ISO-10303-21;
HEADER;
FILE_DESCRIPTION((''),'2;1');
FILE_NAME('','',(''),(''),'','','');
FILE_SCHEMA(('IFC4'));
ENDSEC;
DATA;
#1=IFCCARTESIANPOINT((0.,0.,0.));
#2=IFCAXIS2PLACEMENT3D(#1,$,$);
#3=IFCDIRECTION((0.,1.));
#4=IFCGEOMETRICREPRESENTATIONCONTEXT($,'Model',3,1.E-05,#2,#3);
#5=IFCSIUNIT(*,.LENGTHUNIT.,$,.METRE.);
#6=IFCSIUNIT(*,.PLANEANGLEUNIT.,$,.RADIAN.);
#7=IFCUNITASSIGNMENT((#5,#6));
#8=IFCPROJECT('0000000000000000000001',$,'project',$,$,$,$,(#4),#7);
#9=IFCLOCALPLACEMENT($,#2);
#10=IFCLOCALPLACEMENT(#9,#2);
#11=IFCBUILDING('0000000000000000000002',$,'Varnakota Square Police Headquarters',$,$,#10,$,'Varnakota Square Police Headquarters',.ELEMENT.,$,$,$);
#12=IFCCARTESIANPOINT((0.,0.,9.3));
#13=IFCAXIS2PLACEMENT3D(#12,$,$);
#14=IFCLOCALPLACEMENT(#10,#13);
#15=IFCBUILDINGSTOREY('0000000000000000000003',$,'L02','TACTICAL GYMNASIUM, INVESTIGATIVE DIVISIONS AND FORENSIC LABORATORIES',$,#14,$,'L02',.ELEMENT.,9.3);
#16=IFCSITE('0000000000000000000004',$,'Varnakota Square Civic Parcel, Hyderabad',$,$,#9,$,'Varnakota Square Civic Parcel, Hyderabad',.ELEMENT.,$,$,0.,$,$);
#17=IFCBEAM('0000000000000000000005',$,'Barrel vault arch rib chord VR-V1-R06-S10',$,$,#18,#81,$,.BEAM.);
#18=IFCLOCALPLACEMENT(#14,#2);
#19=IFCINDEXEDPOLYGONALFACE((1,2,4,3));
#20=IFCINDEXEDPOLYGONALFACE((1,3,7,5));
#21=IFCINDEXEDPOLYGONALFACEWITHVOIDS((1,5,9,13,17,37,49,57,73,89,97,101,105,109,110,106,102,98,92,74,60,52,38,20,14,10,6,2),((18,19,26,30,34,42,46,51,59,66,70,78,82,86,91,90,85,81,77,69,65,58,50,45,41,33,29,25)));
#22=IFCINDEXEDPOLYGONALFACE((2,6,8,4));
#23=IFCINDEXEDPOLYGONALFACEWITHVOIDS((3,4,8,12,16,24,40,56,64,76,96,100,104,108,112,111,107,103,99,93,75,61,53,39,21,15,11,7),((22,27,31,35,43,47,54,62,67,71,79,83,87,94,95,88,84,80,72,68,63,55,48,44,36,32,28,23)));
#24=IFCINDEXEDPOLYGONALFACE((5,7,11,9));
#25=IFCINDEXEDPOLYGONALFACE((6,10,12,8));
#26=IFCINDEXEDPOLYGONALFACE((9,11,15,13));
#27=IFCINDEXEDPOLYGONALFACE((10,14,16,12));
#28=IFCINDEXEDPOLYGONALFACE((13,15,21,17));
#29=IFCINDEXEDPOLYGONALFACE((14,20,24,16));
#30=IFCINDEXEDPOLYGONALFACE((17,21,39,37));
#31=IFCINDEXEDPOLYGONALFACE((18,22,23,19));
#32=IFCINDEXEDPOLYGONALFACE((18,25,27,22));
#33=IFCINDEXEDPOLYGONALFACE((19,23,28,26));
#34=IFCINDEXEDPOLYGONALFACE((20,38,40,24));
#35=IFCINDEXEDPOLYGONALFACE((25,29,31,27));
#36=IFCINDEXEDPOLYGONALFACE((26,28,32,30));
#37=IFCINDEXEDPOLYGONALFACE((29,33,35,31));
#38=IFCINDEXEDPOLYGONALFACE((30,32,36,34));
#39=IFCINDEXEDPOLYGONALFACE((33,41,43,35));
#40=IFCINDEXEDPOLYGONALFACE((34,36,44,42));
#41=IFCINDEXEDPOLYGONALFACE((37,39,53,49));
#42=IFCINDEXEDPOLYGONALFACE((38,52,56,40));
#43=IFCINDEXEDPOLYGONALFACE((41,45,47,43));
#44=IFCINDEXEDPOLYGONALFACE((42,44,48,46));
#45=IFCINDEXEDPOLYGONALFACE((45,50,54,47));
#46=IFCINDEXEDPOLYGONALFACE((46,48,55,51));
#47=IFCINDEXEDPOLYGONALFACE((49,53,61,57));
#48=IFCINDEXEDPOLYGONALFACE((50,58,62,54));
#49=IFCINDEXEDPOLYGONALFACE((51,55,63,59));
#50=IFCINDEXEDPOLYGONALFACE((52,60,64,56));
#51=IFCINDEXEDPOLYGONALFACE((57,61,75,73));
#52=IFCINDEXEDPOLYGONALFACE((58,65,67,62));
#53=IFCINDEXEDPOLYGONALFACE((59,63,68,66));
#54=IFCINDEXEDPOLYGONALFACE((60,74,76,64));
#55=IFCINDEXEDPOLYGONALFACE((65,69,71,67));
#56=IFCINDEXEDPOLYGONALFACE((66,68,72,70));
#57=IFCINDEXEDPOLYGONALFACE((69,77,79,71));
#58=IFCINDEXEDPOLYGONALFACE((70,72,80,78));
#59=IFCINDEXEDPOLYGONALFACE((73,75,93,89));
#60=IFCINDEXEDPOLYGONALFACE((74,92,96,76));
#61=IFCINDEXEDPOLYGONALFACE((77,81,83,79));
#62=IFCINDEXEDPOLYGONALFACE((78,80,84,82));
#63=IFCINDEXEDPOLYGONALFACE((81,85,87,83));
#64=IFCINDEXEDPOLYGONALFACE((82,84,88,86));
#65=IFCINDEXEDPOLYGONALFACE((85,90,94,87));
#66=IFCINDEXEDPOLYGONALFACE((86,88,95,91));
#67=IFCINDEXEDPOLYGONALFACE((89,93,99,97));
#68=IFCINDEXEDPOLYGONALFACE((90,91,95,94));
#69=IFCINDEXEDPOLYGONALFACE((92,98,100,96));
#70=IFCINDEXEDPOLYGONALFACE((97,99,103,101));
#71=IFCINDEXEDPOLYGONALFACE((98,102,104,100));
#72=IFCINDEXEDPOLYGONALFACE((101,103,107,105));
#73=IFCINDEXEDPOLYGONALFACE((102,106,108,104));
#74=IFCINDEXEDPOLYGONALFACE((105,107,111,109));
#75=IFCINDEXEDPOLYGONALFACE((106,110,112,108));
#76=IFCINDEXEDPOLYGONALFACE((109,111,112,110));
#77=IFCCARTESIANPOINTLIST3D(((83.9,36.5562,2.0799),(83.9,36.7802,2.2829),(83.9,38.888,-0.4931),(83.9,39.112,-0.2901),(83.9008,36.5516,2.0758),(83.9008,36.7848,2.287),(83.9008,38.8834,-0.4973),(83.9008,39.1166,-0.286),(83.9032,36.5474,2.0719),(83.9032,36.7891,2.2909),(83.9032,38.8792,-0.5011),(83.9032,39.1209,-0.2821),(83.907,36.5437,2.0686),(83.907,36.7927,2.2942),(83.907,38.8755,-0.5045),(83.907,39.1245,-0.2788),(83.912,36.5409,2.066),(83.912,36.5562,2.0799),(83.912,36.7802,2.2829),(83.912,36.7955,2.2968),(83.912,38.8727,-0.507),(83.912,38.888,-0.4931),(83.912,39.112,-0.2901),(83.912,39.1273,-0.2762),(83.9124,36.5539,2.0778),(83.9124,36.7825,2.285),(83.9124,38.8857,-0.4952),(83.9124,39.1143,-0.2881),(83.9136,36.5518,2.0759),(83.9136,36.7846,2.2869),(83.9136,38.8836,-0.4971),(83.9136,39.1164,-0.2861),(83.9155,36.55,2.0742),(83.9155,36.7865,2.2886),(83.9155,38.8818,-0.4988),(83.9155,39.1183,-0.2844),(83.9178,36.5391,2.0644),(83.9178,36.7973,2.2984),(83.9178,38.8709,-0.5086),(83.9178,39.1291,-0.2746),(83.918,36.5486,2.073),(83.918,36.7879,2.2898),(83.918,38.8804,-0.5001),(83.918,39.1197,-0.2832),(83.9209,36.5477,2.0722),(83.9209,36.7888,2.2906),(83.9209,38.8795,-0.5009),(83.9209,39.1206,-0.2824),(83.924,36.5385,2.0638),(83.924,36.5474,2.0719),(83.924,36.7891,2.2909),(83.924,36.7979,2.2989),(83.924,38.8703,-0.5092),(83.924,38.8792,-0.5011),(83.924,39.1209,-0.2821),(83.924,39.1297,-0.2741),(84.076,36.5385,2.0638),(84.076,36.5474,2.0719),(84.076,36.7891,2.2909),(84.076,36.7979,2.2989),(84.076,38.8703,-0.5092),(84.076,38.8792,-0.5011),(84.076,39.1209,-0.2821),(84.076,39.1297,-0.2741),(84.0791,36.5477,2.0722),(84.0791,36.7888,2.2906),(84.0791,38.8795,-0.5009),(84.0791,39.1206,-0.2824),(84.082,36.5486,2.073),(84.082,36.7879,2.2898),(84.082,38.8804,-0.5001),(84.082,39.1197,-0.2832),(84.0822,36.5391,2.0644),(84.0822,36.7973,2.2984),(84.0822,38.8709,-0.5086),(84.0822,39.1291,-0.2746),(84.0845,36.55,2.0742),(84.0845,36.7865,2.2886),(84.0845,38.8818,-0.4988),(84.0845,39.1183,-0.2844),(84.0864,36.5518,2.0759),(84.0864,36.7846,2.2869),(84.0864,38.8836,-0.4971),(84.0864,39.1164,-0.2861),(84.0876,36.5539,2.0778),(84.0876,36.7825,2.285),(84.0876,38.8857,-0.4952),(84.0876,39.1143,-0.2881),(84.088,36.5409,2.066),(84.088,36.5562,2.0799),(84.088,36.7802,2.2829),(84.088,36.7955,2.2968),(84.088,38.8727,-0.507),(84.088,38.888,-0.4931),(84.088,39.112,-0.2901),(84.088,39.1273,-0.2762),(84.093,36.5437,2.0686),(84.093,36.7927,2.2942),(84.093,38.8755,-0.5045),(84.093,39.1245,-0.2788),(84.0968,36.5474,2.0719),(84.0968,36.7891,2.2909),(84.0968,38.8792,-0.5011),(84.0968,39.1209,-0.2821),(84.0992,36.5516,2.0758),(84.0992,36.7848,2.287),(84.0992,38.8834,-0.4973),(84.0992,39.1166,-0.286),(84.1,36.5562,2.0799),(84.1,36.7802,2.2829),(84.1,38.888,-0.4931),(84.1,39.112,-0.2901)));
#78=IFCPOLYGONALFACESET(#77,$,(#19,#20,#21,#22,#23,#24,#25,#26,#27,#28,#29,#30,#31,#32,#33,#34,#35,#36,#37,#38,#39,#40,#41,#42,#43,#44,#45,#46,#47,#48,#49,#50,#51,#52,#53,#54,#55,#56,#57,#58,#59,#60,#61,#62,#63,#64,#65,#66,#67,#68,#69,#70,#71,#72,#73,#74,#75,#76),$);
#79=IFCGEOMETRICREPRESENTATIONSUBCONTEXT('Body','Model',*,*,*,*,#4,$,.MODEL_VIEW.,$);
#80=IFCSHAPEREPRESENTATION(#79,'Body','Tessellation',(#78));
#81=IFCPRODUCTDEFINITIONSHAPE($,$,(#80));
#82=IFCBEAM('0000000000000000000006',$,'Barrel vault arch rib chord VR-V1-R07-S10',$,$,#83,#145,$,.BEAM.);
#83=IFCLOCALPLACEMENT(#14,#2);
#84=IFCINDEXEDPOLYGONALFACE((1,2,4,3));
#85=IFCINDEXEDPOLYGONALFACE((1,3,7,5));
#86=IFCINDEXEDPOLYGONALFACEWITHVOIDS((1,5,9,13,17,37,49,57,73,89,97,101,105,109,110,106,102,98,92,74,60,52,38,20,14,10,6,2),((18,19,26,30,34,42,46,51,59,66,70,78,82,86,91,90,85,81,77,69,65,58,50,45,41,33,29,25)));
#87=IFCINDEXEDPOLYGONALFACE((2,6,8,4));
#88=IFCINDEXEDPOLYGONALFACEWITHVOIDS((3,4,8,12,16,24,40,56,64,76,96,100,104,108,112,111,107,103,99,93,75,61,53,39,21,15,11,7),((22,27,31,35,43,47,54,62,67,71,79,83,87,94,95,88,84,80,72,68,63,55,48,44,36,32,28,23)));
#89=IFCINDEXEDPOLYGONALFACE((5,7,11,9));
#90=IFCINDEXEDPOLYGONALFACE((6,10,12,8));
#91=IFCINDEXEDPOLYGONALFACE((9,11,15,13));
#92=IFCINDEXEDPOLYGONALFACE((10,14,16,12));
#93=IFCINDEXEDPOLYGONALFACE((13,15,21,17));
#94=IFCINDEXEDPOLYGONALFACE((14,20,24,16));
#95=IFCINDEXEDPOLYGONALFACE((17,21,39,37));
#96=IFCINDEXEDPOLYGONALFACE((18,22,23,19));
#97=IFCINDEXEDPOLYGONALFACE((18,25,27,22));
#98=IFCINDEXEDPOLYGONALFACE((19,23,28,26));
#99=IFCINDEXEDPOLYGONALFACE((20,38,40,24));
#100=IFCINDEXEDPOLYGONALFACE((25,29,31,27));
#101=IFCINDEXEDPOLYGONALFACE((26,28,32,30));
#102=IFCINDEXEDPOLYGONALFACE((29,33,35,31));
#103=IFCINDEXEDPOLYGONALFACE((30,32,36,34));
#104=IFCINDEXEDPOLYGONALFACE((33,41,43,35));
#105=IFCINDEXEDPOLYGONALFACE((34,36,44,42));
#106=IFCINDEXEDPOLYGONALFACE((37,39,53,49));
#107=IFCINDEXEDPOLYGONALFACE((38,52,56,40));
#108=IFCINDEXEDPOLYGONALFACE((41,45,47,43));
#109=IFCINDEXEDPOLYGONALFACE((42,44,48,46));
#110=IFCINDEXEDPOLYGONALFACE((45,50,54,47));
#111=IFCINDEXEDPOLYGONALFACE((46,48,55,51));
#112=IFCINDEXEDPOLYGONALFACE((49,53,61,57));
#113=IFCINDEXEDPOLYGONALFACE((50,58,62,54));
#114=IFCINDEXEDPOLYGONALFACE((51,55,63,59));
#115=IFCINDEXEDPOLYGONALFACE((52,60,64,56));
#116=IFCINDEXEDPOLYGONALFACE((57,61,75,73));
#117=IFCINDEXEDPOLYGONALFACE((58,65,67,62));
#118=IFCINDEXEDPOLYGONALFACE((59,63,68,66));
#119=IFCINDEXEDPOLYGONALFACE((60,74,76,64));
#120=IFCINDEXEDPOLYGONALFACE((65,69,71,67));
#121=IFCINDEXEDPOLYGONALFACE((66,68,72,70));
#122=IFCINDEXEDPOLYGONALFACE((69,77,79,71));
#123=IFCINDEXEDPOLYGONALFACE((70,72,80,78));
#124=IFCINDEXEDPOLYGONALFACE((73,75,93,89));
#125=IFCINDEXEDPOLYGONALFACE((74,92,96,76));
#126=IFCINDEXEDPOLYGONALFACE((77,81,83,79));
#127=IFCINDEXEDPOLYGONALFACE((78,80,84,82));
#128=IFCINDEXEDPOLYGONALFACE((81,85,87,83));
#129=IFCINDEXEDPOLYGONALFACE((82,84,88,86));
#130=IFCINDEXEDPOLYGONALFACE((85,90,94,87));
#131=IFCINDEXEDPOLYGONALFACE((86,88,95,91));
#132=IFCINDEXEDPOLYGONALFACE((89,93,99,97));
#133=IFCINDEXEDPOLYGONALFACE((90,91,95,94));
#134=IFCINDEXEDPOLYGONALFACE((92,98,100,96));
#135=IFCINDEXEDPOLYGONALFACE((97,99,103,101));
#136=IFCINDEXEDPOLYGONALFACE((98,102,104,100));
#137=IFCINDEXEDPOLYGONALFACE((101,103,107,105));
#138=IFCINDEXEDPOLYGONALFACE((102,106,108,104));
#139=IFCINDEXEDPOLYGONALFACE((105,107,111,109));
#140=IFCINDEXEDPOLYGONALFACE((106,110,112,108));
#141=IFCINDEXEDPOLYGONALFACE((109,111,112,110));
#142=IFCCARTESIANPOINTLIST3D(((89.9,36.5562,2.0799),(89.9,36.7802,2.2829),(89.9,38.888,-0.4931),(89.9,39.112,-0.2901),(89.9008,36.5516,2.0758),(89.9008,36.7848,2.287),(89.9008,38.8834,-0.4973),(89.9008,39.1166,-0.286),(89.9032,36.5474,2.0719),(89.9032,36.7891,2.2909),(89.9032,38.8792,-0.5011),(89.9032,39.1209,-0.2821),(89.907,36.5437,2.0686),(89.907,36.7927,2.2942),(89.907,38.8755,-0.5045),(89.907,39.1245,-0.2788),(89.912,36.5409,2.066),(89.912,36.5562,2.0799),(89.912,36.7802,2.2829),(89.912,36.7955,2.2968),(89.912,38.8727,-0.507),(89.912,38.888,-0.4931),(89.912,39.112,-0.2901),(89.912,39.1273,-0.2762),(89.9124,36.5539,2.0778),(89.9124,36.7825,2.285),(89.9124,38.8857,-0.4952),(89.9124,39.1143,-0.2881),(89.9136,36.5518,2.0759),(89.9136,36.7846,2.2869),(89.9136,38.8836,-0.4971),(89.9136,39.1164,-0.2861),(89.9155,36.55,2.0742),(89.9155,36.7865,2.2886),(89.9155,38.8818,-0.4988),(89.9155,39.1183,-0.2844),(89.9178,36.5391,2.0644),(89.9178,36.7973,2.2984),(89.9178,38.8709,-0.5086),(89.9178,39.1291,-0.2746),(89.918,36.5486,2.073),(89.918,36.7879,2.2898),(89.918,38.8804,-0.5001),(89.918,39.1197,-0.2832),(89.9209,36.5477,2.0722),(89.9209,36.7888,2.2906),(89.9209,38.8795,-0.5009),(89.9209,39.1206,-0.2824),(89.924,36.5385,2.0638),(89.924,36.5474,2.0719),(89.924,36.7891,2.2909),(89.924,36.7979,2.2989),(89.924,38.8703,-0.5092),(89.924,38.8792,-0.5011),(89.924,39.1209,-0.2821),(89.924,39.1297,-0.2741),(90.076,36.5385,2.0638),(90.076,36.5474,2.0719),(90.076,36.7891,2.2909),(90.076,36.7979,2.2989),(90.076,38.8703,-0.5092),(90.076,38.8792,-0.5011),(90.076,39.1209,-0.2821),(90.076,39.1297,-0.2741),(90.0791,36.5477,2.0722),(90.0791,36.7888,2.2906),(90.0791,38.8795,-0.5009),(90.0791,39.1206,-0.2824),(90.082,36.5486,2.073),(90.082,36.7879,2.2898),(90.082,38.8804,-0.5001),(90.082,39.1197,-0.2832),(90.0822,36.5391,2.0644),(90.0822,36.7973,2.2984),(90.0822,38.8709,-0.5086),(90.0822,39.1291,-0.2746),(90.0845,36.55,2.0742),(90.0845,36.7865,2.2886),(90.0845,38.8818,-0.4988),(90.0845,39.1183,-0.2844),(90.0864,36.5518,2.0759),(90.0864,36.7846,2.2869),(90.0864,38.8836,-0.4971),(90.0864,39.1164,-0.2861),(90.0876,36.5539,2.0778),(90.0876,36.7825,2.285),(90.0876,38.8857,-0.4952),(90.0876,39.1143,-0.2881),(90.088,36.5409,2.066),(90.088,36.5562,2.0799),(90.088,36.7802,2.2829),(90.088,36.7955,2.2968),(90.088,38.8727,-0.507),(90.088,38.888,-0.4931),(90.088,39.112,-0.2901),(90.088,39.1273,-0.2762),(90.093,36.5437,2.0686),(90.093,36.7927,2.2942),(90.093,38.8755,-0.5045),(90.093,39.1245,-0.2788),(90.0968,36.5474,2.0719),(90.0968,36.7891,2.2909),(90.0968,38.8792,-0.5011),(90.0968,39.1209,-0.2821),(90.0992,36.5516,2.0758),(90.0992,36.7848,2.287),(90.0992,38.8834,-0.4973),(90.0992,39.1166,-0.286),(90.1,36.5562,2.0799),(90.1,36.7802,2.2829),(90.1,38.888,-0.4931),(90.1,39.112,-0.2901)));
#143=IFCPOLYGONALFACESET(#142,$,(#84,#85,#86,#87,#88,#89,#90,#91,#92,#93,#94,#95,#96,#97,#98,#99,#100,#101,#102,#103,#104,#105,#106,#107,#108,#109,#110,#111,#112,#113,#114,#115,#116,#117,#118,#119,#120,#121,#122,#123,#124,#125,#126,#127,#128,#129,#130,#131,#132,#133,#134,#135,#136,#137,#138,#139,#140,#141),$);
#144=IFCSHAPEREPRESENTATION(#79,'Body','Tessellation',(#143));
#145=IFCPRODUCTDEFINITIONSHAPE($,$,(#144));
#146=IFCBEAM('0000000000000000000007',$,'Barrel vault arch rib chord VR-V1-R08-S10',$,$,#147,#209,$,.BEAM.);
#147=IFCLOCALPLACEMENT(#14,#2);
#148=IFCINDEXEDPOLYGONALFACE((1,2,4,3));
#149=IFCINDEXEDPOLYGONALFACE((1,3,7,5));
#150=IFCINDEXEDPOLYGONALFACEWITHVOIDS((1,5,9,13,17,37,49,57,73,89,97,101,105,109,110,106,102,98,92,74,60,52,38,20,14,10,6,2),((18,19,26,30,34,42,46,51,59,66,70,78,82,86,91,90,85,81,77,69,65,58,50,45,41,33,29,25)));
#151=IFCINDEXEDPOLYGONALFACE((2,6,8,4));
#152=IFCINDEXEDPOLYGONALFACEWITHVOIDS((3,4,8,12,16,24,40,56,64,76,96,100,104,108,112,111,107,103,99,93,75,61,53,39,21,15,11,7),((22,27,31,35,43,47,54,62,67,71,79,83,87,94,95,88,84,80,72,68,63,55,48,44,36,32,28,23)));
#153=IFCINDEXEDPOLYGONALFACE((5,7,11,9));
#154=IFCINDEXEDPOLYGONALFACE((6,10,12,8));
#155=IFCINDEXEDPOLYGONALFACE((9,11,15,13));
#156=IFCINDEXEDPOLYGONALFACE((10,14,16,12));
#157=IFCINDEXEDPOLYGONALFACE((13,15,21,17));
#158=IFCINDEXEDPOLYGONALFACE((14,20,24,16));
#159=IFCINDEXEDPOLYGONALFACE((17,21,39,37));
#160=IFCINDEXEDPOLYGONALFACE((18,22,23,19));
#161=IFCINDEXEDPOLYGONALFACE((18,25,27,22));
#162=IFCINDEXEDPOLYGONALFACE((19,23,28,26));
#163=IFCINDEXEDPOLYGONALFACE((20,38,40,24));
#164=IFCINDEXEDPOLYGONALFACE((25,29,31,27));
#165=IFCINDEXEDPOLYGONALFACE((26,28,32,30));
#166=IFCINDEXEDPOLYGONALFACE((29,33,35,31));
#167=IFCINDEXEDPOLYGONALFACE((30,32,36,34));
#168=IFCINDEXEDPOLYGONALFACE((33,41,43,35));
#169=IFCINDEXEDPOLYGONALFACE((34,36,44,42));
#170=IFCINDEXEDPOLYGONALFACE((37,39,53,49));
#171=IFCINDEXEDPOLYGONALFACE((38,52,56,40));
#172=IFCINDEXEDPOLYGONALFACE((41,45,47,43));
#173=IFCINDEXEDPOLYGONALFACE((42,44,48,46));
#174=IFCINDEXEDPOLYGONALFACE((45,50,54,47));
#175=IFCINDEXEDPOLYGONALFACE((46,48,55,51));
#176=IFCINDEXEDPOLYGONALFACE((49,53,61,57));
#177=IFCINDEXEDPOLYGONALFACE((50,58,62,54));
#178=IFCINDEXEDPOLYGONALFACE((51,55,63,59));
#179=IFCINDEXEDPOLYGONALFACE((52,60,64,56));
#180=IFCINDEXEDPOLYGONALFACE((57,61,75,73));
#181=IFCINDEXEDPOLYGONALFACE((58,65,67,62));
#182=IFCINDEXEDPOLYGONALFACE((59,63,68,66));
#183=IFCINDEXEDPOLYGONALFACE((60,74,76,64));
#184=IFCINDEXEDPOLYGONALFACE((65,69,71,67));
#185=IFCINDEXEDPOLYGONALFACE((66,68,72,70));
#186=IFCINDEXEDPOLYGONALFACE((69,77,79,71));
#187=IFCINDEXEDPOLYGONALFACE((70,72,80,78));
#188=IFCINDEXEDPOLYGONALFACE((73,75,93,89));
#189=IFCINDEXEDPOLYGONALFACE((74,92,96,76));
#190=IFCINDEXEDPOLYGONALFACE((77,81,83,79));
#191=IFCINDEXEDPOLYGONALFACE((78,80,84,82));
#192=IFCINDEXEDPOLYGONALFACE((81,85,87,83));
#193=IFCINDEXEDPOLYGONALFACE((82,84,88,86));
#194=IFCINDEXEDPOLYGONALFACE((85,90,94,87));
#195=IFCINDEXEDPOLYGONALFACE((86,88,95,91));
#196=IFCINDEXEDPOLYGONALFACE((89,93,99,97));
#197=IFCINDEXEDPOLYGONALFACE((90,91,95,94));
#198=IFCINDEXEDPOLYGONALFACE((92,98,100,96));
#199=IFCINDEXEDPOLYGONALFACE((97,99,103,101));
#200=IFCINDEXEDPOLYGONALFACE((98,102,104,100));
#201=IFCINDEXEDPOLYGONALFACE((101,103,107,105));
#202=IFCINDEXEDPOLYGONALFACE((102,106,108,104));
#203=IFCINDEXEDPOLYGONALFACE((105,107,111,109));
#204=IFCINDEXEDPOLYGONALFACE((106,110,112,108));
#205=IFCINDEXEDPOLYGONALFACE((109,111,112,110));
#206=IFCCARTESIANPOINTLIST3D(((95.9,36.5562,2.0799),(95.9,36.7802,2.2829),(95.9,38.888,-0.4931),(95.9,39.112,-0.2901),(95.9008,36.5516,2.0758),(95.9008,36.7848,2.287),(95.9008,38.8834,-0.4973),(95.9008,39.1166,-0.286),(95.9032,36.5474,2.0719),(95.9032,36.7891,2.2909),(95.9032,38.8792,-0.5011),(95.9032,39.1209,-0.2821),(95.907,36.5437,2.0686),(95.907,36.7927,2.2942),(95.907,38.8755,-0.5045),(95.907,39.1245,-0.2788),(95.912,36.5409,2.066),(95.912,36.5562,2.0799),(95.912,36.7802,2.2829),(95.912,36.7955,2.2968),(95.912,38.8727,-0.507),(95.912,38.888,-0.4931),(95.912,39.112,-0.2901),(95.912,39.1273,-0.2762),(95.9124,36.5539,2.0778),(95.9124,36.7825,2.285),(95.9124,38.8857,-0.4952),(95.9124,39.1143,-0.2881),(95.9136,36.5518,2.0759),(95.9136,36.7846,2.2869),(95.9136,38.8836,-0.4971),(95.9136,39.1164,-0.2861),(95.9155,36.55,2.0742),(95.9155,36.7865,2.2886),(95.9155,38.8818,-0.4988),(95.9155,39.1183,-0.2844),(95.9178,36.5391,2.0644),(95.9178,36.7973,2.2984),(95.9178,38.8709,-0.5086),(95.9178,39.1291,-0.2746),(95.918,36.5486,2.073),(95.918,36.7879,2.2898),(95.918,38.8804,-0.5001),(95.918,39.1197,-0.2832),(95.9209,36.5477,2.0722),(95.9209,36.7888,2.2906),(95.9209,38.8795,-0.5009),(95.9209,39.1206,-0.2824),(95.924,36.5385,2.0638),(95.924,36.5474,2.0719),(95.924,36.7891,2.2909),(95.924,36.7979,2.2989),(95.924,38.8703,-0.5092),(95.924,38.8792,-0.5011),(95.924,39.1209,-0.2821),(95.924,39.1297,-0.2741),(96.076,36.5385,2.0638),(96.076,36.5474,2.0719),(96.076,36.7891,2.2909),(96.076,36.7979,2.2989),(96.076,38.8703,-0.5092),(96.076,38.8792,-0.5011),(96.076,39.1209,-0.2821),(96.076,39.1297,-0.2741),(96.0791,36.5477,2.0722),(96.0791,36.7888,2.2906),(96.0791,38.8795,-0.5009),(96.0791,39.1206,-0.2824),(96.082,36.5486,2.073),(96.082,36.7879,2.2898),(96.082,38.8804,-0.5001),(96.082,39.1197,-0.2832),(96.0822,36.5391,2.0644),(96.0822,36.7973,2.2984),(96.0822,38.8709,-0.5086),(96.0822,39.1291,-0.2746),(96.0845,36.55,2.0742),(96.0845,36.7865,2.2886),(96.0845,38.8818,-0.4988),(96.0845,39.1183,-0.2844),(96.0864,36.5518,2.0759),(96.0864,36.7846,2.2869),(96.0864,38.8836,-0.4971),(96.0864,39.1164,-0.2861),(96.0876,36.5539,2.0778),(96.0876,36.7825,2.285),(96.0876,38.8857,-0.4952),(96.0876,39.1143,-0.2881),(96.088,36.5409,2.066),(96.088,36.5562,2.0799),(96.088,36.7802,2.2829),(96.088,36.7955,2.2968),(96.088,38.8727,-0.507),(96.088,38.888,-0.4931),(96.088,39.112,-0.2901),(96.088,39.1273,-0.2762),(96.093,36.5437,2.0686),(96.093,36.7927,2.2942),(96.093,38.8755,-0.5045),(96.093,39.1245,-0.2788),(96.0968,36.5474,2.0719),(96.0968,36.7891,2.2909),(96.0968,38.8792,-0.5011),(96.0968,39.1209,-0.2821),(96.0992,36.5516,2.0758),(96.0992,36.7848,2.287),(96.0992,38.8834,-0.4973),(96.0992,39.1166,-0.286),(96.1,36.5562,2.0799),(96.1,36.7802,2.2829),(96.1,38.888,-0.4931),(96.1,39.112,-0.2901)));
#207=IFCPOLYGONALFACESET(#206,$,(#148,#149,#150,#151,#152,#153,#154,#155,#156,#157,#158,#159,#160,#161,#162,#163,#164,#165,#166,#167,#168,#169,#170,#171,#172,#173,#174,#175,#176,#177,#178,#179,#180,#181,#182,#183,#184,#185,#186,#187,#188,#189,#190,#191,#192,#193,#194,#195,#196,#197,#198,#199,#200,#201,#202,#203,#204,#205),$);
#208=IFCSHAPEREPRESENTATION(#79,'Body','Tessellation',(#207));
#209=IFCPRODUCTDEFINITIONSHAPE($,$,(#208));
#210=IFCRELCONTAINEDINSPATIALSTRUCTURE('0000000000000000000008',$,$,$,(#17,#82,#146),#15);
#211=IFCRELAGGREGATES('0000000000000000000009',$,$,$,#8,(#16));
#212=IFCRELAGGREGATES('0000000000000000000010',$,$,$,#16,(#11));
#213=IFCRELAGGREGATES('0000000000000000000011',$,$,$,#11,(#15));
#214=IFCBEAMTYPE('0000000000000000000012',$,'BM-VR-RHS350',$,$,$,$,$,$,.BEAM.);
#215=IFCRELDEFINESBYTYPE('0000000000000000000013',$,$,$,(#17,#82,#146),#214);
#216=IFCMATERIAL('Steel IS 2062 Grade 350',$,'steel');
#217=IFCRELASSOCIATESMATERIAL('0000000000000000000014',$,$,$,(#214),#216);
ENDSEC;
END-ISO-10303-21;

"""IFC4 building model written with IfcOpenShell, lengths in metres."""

from ifc_helpers import new_model, si_unit, direction, frame, origin, origin_2d, place, context, subcontext, project, spatial, hollow_rectangle, extrude, material, material_profile, profile_set, type_object, element, save


model = new_model("IFC4")

# Units and contexts
model_context = context("Model", 3, precision=1e-05, world=origin(), true_north=direction((0.0, 1.0)))
body_context = subcontext(model_context, "Body", "Model", "MODEL_VIEW")
ifc_project = project(units=[si_unit("LENGTHUNIT", "METRE"), si_unit("PLANEANGLEUNIT", "RADIAN")], contexts=[model_context])

# Site, building, storey
site_placement = place(None, origin())
site = spatial("IfcSite", under=ifc_project, at=site_placement, Name="Varnakota Square Civic Parcel, Hyderabad", LongName="Varnakota Square Civic Parcel, Hyderabad", CompositionType="ELEMENT", RefElevation=0.0)
building_placement = place(site_placement, origin())
building = spatial("IfcBuilding", under=site, at=building_placement, Name="Varnakota Square Police Headquarters", LongName="Varnakota Square Police Headquarters", CompositionType="ELEMENT")
storey_placement = place(building_placement, frame((0.0, 0.0, 9.3)))
storey = spatial("IfcBuildingStorey", under=building, at=storey_placement, Name="L02", Description="TACTICAL GYMNASIUM, INVESTIGATIVE DIVISIONS AND FORENSIC LABORATORIES", LongName="L02", CompositionType="ELEMENT", Elevation=9.3)

# Beams
ifc_material_1 = material(Name="Steel IS 2062 Grade 350", Category="steel")
ifc_material_profile_1 = material_profile(ifc_material_1, hollow_rectangle(XDim=0.2, YDim=0.3501, WallThickness=0.012, InnerFilletRadius=0.012, OuterFilletRadius=0.0239, at=origin_2d()), Name="RHS 350x200x12")
ifc_profile_set_1 = profile_set([ifc_material_profile_1], Name="Steel IS 2062 Grade 350")
beam_type_1 = type_object("IfcBeamType", Name="BM-VR-RHS350", PredefinedType="BEAM", material=ifc_profile_set_1)
for number, where, z_axis, x_axis, name in (
    (1, (84.0, 36.6682, 2.1814), (0.0, 0.671521, -0.740986), (-1.0, 0.0, 0.0), "Barrel vault arch rib chord VR-V1-R06-S10"),
    (2, (90.0, 36.6682, 2.1814), (0.0, 0.671521, -0.740986), (-1.0, 0.0, 0.0), "Barrel vault arch rib chord VR-V1-R07-S10"),
    (3, (96.0, 36.6682, 2.1814), (0.0, 0.671521, -0.740986), (-1.0, 0.0, 0.0), "Barrel vault arch rib chord VR-V1-R08-S10"),
):
    element("IfcBeam", number, at=place(storey_placement, frame(where, z_axis=z_axis, x_axis=x_axis)), inside=storey, type_object=beam_type_1, Name=name, PredefinedType="BEAM", context=body_context, shape_type="SweptSolid", body=[
        extrude(hollow_rectangle(XDim=0.2, YDim=0.3501, WallThickness=0.012, InnerFilletRadius=0.012, OuterFilletRadius=0.0239, at=origin_2d()), origin(), (0.0, 0.0, 1.0), 3.4724),
    ])

save(model, "model.ifc")
